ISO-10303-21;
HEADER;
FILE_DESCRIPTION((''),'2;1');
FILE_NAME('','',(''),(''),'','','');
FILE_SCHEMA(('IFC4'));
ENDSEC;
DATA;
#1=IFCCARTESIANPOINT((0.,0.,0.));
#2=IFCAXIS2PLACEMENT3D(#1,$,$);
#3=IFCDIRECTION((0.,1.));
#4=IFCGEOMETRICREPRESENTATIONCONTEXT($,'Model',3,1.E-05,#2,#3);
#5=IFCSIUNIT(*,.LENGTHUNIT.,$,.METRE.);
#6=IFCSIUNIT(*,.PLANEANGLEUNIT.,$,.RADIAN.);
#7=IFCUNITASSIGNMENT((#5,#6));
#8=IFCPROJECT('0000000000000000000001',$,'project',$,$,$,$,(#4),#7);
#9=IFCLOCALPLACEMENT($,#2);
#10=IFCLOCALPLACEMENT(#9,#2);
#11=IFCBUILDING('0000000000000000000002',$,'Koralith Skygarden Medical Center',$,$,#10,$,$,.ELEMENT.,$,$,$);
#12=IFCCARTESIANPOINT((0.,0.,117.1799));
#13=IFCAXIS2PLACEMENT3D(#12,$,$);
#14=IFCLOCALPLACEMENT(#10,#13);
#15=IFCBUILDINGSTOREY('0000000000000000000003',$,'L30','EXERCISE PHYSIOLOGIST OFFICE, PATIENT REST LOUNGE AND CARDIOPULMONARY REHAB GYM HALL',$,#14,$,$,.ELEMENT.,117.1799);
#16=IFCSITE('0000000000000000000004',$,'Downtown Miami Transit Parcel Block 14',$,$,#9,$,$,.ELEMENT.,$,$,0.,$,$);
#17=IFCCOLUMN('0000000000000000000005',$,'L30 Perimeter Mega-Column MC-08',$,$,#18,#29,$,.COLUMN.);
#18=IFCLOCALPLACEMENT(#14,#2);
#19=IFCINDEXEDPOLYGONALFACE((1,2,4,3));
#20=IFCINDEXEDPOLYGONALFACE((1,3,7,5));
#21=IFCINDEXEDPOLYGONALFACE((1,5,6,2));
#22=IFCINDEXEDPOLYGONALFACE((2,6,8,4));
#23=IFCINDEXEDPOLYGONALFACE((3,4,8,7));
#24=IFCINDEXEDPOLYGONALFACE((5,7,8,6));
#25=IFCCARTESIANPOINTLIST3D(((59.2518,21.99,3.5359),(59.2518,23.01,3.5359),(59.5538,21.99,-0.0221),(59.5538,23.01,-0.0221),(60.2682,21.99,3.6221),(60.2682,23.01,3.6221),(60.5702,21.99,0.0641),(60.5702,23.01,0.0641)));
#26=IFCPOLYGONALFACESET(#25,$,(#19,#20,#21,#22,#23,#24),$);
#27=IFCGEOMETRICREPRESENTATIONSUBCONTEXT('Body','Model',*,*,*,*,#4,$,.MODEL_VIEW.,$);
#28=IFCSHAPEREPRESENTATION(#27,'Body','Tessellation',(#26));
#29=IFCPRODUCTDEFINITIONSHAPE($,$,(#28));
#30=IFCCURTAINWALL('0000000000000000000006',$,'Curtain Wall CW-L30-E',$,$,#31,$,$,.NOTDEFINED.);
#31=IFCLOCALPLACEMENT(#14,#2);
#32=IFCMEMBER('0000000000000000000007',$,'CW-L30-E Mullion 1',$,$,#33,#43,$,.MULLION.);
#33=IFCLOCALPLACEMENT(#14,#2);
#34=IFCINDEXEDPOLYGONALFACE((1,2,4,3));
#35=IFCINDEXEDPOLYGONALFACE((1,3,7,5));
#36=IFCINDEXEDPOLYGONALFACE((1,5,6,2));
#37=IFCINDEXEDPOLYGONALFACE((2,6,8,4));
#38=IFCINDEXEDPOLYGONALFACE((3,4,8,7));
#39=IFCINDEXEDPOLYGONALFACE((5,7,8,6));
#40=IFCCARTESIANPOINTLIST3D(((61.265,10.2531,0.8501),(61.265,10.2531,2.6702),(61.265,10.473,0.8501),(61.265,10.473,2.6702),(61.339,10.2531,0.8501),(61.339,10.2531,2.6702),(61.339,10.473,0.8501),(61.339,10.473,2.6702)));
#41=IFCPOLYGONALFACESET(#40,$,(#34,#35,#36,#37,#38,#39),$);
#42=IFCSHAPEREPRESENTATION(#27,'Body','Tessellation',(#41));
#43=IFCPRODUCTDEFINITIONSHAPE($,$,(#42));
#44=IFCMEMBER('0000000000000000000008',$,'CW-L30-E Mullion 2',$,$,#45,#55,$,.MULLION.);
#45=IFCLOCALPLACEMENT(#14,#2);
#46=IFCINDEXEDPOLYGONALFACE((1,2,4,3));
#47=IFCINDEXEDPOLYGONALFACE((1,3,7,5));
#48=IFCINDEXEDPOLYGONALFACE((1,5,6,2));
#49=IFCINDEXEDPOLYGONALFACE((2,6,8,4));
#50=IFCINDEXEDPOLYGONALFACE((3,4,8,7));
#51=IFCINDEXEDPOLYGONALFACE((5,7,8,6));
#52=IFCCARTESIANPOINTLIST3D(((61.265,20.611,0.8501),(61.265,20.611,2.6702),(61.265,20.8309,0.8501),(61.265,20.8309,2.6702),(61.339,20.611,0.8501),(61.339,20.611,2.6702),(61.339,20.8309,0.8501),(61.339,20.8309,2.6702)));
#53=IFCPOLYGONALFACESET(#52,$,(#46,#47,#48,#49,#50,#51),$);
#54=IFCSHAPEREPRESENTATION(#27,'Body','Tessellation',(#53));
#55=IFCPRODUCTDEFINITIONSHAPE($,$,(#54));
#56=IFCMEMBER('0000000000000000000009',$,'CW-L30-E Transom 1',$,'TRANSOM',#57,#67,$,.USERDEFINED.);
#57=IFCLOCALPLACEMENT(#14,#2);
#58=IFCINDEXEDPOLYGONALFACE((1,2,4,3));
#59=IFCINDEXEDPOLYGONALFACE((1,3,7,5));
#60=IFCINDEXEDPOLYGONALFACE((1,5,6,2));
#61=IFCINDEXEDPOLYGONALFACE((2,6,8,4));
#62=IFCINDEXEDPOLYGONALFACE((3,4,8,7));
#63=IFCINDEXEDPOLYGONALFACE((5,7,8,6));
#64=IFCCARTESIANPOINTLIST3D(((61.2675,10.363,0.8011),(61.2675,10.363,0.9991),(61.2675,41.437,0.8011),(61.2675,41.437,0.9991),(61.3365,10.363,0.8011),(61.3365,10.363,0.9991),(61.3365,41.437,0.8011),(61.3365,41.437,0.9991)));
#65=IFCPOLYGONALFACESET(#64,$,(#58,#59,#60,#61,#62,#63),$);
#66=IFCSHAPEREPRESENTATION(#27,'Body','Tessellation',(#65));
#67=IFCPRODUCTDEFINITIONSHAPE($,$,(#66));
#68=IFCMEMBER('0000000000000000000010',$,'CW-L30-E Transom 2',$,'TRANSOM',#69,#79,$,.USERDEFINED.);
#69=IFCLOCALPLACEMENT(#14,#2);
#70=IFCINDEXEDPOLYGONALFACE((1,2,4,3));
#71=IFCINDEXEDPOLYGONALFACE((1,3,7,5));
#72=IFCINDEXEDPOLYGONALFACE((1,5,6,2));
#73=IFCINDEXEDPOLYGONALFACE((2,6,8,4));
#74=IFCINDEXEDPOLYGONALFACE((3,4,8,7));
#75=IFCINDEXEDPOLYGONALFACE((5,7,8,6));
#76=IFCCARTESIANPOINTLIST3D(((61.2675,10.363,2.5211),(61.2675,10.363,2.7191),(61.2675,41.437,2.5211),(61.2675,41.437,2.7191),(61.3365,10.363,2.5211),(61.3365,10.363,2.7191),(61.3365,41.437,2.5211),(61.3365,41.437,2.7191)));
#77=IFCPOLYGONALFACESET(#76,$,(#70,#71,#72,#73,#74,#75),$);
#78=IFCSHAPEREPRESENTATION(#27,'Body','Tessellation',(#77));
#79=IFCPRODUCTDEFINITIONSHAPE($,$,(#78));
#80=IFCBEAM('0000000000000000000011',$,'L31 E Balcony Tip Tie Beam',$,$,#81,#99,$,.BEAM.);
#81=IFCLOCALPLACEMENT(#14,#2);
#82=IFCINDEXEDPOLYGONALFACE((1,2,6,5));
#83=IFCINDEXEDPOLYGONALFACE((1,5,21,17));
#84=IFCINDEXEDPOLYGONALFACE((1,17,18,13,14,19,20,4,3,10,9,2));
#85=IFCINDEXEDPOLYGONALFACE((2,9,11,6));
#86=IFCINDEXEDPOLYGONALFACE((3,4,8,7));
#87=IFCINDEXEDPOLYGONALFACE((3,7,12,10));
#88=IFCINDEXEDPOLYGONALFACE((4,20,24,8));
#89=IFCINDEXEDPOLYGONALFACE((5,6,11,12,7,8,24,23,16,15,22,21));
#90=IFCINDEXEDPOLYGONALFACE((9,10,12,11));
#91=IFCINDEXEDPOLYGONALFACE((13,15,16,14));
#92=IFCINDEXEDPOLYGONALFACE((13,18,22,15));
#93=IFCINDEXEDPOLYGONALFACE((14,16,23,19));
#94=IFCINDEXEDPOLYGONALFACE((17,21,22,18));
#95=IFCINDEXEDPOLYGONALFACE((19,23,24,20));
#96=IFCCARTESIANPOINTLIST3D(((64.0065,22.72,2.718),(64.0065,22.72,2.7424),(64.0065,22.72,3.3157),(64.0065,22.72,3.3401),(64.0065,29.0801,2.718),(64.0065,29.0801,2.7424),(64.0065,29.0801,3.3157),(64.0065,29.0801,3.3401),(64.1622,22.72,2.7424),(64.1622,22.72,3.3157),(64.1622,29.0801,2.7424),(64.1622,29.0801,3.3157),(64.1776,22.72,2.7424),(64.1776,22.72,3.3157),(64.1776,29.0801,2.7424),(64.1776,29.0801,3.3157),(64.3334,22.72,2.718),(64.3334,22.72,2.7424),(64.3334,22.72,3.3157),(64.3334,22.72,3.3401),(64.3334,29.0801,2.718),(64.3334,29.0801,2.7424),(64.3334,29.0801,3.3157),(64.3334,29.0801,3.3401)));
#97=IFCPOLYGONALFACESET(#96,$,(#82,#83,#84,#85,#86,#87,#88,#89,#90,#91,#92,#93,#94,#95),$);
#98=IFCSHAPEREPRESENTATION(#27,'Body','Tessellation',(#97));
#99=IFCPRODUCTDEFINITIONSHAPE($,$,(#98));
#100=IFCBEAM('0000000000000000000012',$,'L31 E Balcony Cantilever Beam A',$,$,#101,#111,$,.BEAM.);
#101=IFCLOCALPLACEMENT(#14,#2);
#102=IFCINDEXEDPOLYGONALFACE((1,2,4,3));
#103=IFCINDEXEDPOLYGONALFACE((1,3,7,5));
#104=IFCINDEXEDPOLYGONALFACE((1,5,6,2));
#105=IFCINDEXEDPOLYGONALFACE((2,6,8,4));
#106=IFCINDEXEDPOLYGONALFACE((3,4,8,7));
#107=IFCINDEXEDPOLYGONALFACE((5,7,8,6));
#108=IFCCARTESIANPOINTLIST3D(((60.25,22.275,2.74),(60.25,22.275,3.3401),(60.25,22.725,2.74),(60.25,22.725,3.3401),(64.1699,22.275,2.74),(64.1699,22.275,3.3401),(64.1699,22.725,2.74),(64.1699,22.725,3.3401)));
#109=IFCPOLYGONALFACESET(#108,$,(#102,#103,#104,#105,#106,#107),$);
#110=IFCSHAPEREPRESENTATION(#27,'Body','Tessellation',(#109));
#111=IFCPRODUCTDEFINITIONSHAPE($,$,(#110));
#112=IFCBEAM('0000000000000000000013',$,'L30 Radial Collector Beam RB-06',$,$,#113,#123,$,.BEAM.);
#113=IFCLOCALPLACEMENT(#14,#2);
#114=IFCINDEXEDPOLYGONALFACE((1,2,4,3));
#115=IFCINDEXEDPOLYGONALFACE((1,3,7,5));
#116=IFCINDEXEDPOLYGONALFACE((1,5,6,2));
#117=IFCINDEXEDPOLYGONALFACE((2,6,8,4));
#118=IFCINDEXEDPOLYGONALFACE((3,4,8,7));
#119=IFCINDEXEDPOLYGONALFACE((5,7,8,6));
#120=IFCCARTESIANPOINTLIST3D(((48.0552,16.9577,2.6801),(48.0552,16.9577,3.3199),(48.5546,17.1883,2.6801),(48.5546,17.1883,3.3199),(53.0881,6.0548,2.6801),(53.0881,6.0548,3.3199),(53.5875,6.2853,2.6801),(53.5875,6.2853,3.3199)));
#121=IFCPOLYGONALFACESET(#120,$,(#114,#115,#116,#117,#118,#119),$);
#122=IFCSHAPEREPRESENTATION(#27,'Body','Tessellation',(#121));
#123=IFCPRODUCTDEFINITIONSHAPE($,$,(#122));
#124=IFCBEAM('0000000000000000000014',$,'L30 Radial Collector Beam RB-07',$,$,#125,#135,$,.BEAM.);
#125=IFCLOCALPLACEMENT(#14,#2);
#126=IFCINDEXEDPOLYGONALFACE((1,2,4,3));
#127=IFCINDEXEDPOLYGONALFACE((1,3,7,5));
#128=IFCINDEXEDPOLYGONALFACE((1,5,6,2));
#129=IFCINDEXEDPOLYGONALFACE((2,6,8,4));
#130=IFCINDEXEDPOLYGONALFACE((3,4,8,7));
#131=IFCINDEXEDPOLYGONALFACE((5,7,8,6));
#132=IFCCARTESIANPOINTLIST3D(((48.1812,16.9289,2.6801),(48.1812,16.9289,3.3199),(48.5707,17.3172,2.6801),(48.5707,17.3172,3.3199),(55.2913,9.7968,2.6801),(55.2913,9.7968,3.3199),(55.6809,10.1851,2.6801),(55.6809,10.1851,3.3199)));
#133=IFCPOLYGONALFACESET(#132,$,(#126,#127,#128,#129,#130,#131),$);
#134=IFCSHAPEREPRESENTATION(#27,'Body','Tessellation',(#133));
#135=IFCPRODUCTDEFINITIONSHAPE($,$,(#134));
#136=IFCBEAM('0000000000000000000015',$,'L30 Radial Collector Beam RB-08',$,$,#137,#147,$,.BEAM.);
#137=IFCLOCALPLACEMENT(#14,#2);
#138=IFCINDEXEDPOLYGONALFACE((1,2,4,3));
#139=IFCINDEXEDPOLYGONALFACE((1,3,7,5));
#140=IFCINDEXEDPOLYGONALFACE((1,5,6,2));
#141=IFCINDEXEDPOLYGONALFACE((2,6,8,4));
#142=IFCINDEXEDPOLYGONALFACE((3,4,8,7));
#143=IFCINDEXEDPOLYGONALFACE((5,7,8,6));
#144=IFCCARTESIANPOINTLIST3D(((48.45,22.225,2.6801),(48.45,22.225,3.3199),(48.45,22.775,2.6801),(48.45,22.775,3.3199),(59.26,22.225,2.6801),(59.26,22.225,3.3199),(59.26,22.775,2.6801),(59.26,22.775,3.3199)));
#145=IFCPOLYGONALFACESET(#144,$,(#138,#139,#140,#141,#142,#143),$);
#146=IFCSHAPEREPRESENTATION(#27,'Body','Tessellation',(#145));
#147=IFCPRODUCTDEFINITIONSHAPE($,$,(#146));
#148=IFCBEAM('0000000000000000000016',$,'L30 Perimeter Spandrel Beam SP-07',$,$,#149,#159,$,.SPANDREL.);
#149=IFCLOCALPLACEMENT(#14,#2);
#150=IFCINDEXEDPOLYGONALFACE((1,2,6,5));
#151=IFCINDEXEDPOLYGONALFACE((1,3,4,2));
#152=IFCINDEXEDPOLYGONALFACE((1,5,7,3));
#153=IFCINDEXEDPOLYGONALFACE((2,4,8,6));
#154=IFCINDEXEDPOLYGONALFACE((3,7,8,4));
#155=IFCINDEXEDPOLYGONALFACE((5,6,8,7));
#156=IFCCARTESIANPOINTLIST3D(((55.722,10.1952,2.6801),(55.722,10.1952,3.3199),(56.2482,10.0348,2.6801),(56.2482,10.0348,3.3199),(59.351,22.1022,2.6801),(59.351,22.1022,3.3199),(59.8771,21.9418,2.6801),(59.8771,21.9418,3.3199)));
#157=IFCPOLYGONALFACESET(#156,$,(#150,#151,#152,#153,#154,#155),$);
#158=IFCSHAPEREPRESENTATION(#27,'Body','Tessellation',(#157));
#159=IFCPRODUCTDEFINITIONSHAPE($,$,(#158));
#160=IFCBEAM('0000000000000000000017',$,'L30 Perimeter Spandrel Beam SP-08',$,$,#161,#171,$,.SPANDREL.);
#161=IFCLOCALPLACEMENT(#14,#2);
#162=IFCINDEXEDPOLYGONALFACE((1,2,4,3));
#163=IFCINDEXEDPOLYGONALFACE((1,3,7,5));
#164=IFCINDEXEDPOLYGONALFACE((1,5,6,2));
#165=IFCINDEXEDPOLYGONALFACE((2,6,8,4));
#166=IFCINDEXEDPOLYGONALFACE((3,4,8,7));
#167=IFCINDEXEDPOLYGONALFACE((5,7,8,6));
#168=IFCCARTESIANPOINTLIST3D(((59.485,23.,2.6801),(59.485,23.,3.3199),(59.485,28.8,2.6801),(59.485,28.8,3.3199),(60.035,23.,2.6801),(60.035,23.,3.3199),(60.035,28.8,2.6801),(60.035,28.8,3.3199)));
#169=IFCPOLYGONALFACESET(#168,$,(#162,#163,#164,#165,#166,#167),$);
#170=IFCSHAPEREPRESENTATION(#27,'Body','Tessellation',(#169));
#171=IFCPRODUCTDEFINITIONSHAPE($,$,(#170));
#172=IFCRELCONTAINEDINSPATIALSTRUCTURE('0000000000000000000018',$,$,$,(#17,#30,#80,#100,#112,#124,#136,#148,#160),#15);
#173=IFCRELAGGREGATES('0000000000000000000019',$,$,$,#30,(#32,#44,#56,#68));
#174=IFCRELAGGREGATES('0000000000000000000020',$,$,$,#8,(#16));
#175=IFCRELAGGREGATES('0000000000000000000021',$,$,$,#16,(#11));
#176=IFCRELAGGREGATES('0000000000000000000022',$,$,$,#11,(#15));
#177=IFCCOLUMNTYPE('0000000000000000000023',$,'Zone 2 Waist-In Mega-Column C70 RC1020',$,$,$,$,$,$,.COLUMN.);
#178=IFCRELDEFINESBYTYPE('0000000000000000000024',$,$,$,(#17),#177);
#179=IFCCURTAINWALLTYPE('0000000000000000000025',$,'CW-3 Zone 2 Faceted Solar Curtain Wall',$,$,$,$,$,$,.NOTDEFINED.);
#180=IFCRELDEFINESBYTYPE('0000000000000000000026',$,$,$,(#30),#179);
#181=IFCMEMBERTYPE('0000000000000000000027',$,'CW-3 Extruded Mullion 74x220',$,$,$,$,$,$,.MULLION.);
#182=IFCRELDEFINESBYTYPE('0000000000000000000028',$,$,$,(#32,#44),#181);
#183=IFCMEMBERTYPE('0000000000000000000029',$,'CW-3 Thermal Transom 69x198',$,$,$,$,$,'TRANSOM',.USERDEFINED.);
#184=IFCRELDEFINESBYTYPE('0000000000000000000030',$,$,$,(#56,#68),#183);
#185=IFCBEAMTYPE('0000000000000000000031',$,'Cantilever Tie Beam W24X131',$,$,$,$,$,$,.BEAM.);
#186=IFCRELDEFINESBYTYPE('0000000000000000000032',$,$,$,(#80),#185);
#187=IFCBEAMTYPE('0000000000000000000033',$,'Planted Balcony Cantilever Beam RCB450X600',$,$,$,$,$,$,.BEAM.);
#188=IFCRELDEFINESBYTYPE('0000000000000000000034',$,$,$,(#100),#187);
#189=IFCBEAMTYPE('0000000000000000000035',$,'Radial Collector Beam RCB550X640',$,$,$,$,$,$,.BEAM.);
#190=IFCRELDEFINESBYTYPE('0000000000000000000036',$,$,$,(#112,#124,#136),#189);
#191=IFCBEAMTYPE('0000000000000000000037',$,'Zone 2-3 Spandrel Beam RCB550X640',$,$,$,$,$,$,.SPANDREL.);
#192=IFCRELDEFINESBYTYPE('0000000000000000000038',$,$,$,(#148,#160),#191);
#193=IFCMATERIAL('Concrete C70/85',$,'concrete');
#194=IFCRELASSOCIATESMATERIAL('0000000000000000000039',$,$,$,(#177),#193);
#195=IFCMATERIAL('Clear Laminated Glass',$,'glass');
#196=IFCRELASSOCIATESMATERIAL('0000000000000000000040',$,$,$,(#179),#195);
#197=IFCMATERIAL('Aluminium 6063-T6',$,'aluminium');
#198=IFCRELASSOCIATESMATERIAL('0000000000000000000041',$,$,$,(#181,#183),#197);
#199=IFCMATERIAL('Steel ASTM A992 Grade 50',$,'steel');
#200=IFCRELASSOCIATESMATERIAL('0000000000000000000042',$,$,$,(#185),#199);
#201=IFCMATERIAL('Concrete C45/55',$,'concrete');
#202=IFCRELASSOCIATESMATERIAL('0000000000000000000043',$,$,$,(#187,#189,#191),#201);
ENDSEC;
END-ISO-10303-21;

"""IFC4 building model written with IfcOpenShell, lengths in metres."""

from ifc_helpers import new_model, si_unit, direction, frame, origin, origin_2d, place, context, subcontext, project, spatial, rectangle, i_section, extrude, material, material_profile, profile_set, type_object, element, aggregate, save


model = new_model("IFC4")

# Units and contexts
model_context = context("Model", 3, precision=1e-05, world=origin(), true_north=direction((0.0, 1.0)))
body_context = subcontext(model_context, "Body", "Model", "MODEL_VIEW")
ifc_project = project(units=[si_unit("LENGTHUNIT", "METRE"), si_unit("PLANEANGLEUNIT", "RADIAN")], contexts=[model_context])

# Site, building, storey
site_placement = place(None, origin())
site = spatial("IfcSite", under=ifc_project, at=site_placement, Name="Downtown Miami Transit Parcel Block 14", CompositionType="ELEMENT", RefElevation=0.0)
building_placement = place(site_placement, origin())
building = spatial("IfcBuilding", under=site, at=building_placement, Name="Koralith Skygarden Medical Center", CompositionType="ELEMENT")
storey_placement = place(building_placement, frame((0.0, 0.0, 117.1799)))
storey = spatial("IfcBuildingStorey", under=building, at=storey_placement, Name="L30", Description="EXERCISE PHYSIOLOGIST OFFICE, PATIENT REST LOUNGE AND CARDIOPULMONARY REHAB GYM HALL", CompositionType="ELEMENT", Elevation=117.1799)

# Column
ifc_material_1 = material(Name="Concrete C70/85", Category="concrete")
ifc_material_profile_1 = material_profile(ifc_material_1, rectangle(XDim=1.02, YDim=1.02, at=origin_2d()), Name="RC1020X1020")
ifc_profile_set_1 = profile_set([ifc_material_profile_1], Name="Concrete C70/85")
column_type = type_object("IfcColumnType", Name="Zone 2 Waist-In Mega-Column C70 RC1020", PredefinedType="COLUMN", material=ifc_profile_set_1)
column_placement = place(storey_placement, frame((60.062, 22.5, 0.021), z_axis=(-0.084573, 0.0, 0.996417), x_axis=(0.0, -1.0, 0.0)))
element("IfcColumn", 1, at=column_placement, inside=storey, type_object=column_type, Name="L30 Perimeter Mega-Column MC-08", PredefinedType="COLUMN", context=body_context, shape_type="SweptSolid", body=[
    extrude(rectangle(XDim=1.02, YDim=1.02, at=origin_2d()), origin(), (0.0, 0.0, 1.0), 3.5708),
])

# Curtain wall, members
ifc_material_2 = material(Name="Clear Laminated Glass", Category="glass")
curtain_wall_type = type_object("IfcCurtainWallType", Name="CW-3 Zone 2 Faceted Solar Curtain Wall", PredefinedType="NOTDEFINED", material=ifc_material_2)
curtain_wall_placement = place(storey_placement, origin())
curtain_wall = element("IfcCurtainWall", 2, at=curtain_wall_placement, inside=storey, type_object=curtain_wall_type, Name="Curtain Wall CW-L30-E", PredefinedType="NOTDEFINED")
ifc_material_3 = material(Name="Aluminium 6063-T6", Category="aluminium")
ifc_material_profile_2 = material_profile(ifc_material_3, rectangle(XDim=0.074, YDim=0.22, at=origin_2d()), Name="MUL74X220")
ifc_profile_set_2 = profile_set([ifc_material_profile_2], Name="Aluminium 6063-T6")
member_type_1 = type_object("IfcMemberType", Name="CW-3 Extruded Mullion 74x220", PredefinedType="MULLION", material=ifc_profile_set_2)
member_1_placement = place(storey_placement, frame((61.302, 10.363, 0.8501), z_axis=(0.0, 0.0, 1.0), x_axis=(1.0, 0.0, 0.0)))
member_1 = element("IfcMember", 3, at=member_1_placement, type_object=member_type_1, Name="CW-L30-E Mullion 1", PredefinedType="MULLION", context=body_context, shape_type="SweptSolid", body=[
    extrude(rectangle(XDim=0.074, YDim=0.22, at=origin_2d()), origin(), (0.0, 0.0, 1.0), 1.8201),
])
member_2_placement = place(storey_placement, frame((61.302, 20.7209, 0.8501), z_axis=(0.0, 0.0, 1.0), x_axis=(1.0, 0.0, 0.0)))
member_2 = element("IfcMember", 4, at=member_2_placement, type_object=member_type_1, Name="CW-L30-E Mullion 2", PredefinedType="MULLION", context=body_context, shape_type="SweptSolid", body=[
    extrude(rectangle(XDim=0.074, YDim=0.22, at=origin_2d()), origin(), (0.0, 0.0, 1.0), 1.8201),
])
ifc_material_profile_3 = material_profile(ifc_material_3, rectangle(XDim=0.0691, YDim=0.198, at=origin_2d()), Name="TRN69X198")
ifc_profile_set_3 = profile_set([ifc_material_profile_3], Name="Aluminium 6063-T6")
member_type_2 = type_object("IfcMemberType", Name="CW-3 Thermal Transom 69x198", ElementType="TRANSOM", PredefinedType="USERDEFINED", material=ifc_profile_set_3)
member_3_placement = place(storey_placement, frame((61.302, 10.363, 0.9001), z_axis=(0.0, 1.0, 0.0), x_axis=(-1.0, 0.0, 0.0)))
member_3 = element("IfcMember", 5, at=member_3_placement, type_object=member_type_2, Name="CW-L30-E Transom 1", ObjectType="TRANSOM", PredefinedType="USERDEFINED", context=body_context, shape_type="SweptSolid", body=[
    extrude(rectangle(XDim=0.0691, YDim=0.198, at=origin_2d()), origin(), (0.0, 0.0, 1.0), 31.074),
])
member_4_placement = place(storey_placement, frame((61.302, 10.363, 2.6201), z_axis=(0.0, 1.0, 0.0), x_axis=(-1.0, 0.0, 0.0)))
member_4 = element("IfcMember", 6, at=member_4_placement, type_object=member_type_2, Name="CW-L30-E Transom 2", ObjectType="TRANSOM", PredefinedType="USERDEFINED", context=body_context, shape_type="SweptSolid", body=[
    extrude(rectangle(XDim=0.0691, YDim=0.198, at=origin_2d()), origin(), (0.0, 0.0, 1.0), 31.074),
])

# Beams
ifc_material_4 = material(Name="Steel ASTM A992 Grade 50", Category="steel")
ifc_material_profile_4 = material_profile(ifc_material_4, i_section(OverallWidth=0.3269, OverallDepth=0.6221, WebThickness=0.0154, FlangeThickness=0.0244, at=origin_2d()), Name="W24X131")
ifc_profile_set_4 = profile_set([ifc_material_profile_4], Name="Steel ASTM A992 Grade 50")
beam_type_1 = type_object("IfcBeamType", Name="Cantilever Tie Beam W24X131", PredefinedType="BEAM", material=ifc_profile_set_4)
beam_1_placement = place(storey_placement, frame((64.1699, 22.72, 3.0291), z_axis=(0.0, 1.0, 0.0), x_axis=(-1.0, 0.0, 0.0)))
element("IfcBeam", 7, at=beam_1_placement, inside=storey, type_object=beam_type_1, Name="L31 E Balcony Tip Tie Beam", PredefinedType="BEAM", context=body_context, shape_type="SweptSolid", body=[
    extrude(i_section(OverallWidth=0.3269, OverallDepth=0.6221, WebThickness=0.0154, FlangeThickness=0.0244, at=origin_2d()), origin(), (0.0, 0.0, 1.0), 6.3601),
])
ifc_material_5 = material(Name="Concrete C45/55", Category="concrete")
ifc_material_profile_5 = material_profile(ifc_material_5, rectangle(XDim=0.45, YDim=0.6001, at=origin_2d()), Name="RCB450X600")
ifc_profile_set_5 = profile_set([ifc_material_profile_5], Name="Concrete C45/55")
beam_type_2 = type_object("IfcBeamType", Name="Planted Balcony Cantilever Beam RCB450X600", PredefinedType="BEAM", material=ifc_profile_set_5)
beam_2_placement = place(storey_placement, frame((60.25, 22.5, 3.04), z_axis=(1.0, 0.0, 0.0), x_axis=(0.0, 1.0, 0.0)))
element("IfcBeam", 8, at=beam_2_placement, inside=storey, type_object=beam_type_2, Name="L31 E Balcony Cantilever Beam A", PredefinedType="BEAM", context=body_context, shape_type="SweptSolid", body=[
    extrude(rectangle(XDim=0.45, YDim=0.6001, at=origin_2d()), origin(), (0.0, 0.0, 1.0), 3.9199),
])
ifc_material_profile_6 = material_profile(ifc_material_5, rectangle(XDim=0.55, YDim=0.6399, at=origin_2d()), Name="RCB550X640")
ifc_profile_set_6 = profile_set([ifc_material_profile_6], Name="Concrete C45/55")
beam_type_3 = type_object("IfcBeamType", Name="Radial Collector Beam RCB550X640", PredefinedType="BEAM", material=ifc_profile_set_6)
beam_3_placement = place(storey_placement, frame((48.3049, 17.073, 3.0), z_axis=(0.419111, -0.907935, 0.0), x_axis=(0.907935, 0.419111, 0.0)))
element("IfcBeam", 9, at=beam_3_placement, inside=storey, type_object=beam_type_3, Name="L30 Radial Collector Beam RB-06", PredefinedType="BEAM", context=body_context, shape_type="SweptSolid", body=[
    extrude(rectangle(XDim=0.55, YDim=0.6399, at=origin_2d()), origin(), (0.0, 0.0, 1.0), 12.0085),
])
beam_4_placement = place(storey_placement, frame((48.376, 17.123, 3.0), z_axis=(0.706015, -0.708197, 0.0), x_axis=(0.708197, 0.706015, 0.0)))
element("IfcBeam", 10, at=beam_4_placement, inside=storey, type_object=beam_type_3, Name="L30 Radial Collector Beam RB-07", PredefinedType="BEAM", context=body_context, shape_type="SweptSolid", body=[
    extrude(rectangle(XDim=0.55, YDim=0.6399, at=origin_2d()), origin(), (0.0, 0.0, 1.0), 10.0708),
])
beam_5_placement = place(storey_placement, frame((48.45, 22.5, 3.0), z_axis=(1.0, 0.0, 0.0), x_axis=(0.0, 1.0, 0.0)))
element("IfcBeam", 11, at=beam_5_placement, inside=storey, type_object=beam_type_3, Name="L30 Radial Collector Beam RB-08", PredefinedType="BEAM", context=body_context, shape_type="SweptSolid", body=[
    extrude(rectangle(XDim=0.55, YDim=0.6399, at=origin_2d()), origin(), (0.0, 0.0, 1.0), 10.8101),
])
ifc_material_profile_7 = material_profile(ifc_material_5, rectangle(XDim=0.55, YDim=0.6399, at=origin_2d()), Name="RCB550X640")
ifc_profile_set_7 = profile_set([ifc_material_profile_7], Name="Concrete C45/55")
beam_type_4 = type_object("IfcBeamType", Name="Zone 2-3 Spandrel Beam RCB550X640", PredefinedType="SPANDREL", material=ifc_profile_set_7)
beam_6_placement = place(storey_placement, frame((55.9851, 10.115, 3.0), z_axis=(0.291532, 0.956561, 0.0), x_axis=(-0.956561, 0.291532, 0.0)))
element("IfcBeam", 12, at=beam_6_placement, inside=storey, type_object=beam_type_4, Name="L30 Perimeter Spandrel Beam SP-07", PredefinedType="SPANDREL", context=body_context, shape_type="SweptSolid", body=[
    extrude(rectangle(XDim=0.55, YDim=0.6399, at=origin_2d()), origin(), (0.0, 0.0, 1.0), 12.4478),
])
beam_7_placement = place(storey_placement, frame((59.76, 23.0, 3.0), z_axis=(0.0, 1.0, 0.0), x_axis=(-1.0, 0.0, 0.0)))
element("IfcBeam", 13, at=beam_7_placement, inside=storey, type_object=beam_type_4, Name="L30 Perimeter Spandrel Beam SP-08", PredefinedType="SPANDREL", context=body_context, shape_type="SweptSolid", body=[
    extrude(rectangle(XDim=0.55, YDim=0.6399, at=origin_2d()), origin(), (0.0, 0.0, 1.0), 5.8),
])

aggregate(curtain_wall, [member_1, member_2, member_3, member_4])

save(model, "model.ifc")
